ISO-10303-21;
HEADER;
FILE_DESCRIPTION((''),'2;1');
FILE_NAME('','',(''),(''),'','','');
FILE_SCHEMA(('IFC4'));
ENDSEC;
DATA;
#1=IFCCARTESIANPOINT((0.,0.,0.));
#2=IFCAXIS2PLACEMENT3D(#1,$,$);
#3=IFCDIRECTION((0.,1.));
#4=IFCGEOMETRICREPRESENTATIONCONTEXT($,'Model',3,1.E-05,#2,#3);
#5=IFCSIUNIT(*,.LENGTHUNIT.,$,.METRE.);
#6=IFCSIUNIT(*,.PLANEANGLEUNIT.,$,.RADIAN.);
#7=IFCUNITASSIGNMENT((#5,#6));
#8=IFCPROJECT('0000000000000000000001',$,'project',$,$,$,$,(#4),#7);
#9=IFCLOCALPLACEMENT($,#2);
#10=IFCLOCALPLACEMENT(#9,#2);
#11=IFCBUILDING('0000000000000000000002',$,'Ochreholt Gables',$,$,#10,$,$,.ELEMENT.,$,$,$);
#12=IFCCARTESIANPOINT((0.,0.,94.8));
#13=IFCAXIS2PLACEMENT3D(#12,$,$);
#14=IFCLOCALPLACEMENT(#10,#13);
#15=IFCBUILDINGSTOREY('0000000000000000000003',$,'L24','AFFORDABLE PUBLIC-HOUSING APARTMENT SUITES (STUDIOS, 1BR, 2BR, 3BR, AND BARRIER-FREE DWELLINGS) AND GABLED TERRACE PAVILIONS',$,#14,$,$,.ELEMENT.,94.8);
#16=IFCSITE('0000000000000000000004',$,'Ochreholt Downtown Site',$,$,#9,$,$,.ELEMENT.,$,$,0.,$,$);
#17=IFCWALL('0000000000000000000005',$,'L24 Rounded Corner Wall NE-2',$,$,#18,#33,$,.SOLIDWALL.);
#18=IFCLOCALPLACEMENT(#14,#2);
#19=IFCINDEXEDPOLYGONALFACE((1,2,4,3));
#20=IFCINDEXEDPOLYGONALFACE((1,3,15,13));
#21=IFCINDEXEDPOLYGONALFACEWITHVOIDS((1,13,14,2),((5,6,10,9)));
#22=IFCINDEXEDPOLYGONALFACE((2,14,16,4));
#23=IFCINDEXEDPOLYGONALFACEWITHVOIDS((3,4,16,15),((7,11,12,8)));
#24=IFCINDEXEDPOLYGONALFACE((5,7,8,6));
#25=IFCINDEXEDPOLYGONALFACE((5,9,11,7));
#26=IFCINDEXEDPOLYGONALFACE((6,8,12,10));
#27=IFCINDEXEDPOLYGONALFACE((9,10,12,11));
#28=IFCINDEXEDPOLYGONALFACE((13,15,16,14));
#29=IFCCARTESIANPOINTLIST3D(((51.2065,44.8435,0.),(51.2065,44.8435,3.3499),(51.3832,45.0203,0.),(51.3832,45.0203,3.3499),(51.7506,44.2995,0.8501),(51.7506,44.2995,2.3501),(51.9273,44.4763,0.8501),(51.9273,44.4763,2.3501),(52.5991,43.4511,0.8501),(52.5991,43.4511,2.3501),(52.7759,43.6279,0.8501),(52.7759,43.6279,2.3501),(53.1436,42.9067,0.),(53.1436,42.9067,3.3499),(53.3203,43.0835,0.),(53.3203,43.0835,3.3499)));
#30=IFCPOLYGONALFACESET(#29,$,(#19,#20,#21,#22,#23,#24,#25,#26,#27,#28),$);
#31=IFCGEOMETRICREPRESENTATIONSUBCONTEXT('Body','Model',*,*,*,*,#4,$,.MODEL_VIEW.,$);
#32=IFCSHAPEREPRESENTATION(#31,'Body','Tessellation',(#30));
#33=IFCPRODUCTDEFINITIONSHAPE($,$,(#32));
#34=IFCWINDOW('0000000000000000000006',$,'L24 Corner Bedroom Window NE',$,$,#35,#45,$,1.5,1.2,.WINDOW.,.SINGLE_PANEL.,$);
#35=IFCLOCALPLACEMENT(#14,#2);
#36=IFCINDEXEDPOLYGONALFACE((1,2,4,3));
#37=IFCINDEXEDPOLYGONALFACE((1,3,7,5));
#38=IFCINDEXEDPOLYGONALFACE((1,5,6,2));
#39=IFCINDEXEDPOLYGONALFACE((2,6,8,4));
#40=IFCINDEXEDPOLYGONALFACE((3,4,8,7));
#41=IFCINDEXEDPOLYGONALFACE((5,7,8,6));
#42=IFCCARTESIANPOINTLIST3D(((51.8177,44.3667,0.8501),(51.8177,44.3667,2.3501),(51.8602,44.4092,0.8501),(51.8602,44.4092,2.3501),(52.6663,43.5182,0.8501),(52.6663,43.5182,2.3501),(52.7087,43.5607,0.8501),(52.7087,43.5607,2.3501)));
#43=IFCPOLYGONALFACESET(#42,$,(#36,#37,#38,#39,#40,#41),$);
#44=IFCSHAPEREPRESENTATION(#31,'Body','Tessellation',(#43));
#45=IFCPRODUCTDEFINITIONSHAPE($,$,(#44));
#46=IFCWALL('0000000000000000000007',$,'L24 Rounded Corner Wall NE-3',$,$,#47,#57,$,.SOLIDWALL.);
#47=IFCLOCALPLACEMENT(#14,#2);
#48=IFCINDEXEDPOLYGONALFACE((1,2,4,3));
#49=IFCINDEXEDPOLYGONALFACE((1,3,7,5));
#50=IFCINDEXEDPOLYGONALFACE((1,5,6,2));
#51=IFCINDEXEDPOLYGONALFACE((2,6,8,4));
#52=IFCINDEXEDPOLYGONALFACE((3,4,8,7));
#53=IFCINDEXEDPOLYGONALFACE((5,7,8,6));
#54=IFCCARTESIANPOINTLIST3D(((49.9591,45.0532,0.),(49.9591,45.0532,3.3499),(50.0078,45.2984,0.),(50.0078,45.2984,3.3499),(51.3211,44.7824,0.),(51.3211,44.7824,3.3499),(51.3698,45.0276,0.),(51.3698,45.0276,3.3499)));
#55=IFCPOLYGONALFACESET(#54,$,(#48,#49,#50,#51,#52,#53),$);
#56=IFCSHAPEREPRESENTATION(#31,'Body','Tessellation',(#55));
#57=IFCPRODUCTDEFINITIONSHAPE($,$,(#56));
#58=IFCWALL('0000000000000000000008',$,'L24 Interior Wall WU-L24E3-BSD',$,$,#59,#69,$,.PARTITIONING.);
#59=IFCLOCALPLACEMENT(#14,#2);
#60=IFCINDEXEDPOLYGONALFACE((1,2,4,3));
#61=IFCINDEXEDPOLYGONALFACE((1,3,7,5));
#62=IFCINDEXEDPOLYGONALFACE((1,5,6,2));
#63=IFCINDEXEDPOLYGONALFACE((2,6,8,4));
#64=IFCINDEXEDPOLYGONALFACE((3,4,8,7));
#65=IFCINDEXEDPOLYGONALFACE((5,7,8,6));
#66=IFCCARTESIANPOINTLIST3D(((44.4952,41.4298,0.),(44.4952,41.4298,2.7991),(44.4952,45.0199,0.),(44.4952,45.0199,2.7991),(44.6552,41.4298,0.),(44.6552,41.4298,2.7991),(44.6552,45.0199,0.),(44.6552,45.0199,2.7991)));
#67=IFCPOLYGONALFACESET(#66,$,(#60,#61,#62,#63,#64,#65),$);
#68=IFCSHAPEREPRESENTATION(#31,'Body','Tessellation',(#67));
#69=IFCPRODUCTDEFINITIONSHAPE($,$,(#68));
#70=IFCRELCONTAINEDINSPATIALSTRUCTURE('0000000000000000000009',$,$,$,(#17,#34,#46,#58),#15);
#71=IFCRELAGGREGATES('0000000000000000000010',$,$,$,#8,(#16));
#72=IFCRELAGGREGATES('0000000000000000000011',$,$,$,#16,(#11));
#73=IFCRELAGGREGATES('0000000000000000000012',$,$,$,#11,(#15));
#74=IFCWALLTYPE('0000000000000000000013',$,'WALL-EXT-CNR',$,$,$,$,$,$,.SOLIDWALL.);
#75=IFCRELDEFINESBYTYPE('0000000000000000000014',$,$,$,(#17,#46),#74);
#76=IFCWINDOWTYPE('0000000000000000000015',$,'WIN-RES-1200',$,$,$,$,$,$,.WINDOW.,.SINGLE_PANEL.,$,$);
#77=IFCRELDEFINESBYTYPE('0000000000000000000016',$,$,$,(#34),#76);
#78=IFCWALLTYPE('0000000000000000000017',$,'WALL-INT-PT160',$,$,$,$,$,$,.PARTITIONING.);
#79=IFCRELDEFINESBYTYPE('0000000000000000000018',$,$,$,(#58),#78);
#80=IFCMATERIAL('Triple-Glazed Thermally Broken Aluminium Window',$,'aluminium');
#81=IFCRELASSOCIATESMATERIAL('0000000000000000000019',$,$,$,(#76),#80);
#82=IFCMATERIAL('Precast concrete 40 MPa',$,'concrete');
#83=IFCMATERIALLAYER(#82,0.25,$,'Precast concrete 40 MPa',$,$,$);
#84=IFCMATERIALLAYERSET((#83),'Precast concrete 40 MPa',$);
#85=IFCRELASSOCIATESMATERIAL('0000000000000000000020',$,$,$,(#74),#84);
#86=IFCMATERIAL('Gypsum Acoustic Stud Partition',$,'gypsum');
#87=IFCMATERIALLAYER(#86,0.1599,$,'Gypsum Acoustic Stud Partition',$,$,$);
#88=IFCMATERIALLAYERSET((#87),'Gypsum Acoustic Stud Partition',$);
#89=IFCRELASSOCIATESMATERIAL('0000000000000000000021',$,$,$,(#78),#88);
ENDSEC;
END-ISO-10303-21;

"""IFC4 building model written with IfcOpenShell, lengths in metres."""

from ifc_helpers import new_model, si_unit, direction, frame, frame_2d, origin, place, context, subcontext, project, spatial, rectangle, extrude, material, layer, layer_set, type_object, element, fill, save


model = new_model("IFC4")

# Units and contexts
model_context = context("Model", 3, precision=1e-05, world=origin(), true_north=direction((0.0, 1.0)))
body_context = subcontext(model_context, "Body", "Model", "MODEL_VIEW")
ifc_project = project(units=[si_unit("LENGTHUNIT", "METRE"), si_unit("PLANEANGLEUNIT", "RADIAN")], contexts=[model_context])

# Site, building, storey
site_placement = place(None, origin())
site = spatial("IfcSite", under=ifc_project, at=site_placement, Name="Ochreholt Downtown Site", CompositionType="ELEMENT", RefElevation=0.0)
building_placement = place(site_placement, origin())
building = spatial("IfcBuilding", under=site, at=building_placement, Name="Ochreholt Gables", CompositionType="ELEMENT")
storey_placement = place(building_placement, frame((0.0, 0.0, 94.8)))
storey = spatial("IfcBuildingStorey", under=building, at=storey_placement, Name="L24", Description="AFFORDABLE PUBLIC-HOUSING APARTMENT SUITES (STUDIOS, 1BR, 2BR, 3BR, AND BARRIER-FREE DWELLINGS) AND GABLED TERRACE PAVILIONS", CompositionType="ELEMENT", Elevation=94.8)

# Shared definitions
ifc_material_1 = material(Name="Precast concrete 40 MPa", Category="concrete")
ifc_material_2 = material(Name="Triple-Glazed Thermally Broken Aluminium Window", Category="aluminium")
window_type_1 = type_object("IfcWindowType", Name="WIN-RES-1200", PartitioningType="SINGLE_PANEL", PredefinedType="WINDOW", material=ifc_material_2)

# Shared definitions
ifc_layer_1 = layer(ifc_material_1, 0.25, Name="Precast concrete 40 MPa")
ifc_layer_set_1 = layer_set([ifc_layer_1], Name="Precast concrete 40 MPa")
wall_type_1 = type_object("IfcWallType", Name="WALL-EXT-CNR", PredefinedType="SOLIDWALL", material=ifc_layer_set_1)

# Wall, opening, window
wall_1_placement = place(storey_placement, frame((53.2319, 42.9951, 0.0), z_axis=(0.0, 0.0, 1.0), x_axis=(-0.707151, 0.707062, 0.0)))
wall_1 = element("IfcWall", 1, at=wall_1_placement, inside=storey, type_object=wall_type_1, Name="L24 Rounded Corner Wall NE-2", PredefinedType="SOLIDWALL", context=body_context, shape_type="SweptSolid", body=[
    extrude(rectangle(XDim=2.7393, YDim=0.25, at=frame_2d((1.3696, 0.0))), origin(), (0.0, 0.0, 1.0), 3.3499),
])
opening_1_placement = place(wall_1_placement, frame((0.7698, 0.0, 0.8501)))
opening_1 = element("IfcOpeningElement", 2, at=opening_1_placement, cuts=wall_1, PredefinedType="OPENING", context=body_context, shape_type="SweptSolid", body=[
    extrude(rectangle(XDim=1.2, YDim=1.5, at=frame_2d((0.6001, 0.75))), frame((0.0, 0.135, 0.0), z_axis=(0.0, -1.0, 0.0), x_axis=(1.0, 0.0, 0.0)), (0.0, 0.0, 1.0), 0.27),
])
window_1_placement = place(opening_1_placement, origin())
window_1 = element("IfcWindow", 3, at=window_1_placement, inside=storey, type_object=window_type_1, Name="L24 Corner Bedroom Window NE", OverallHeight=1.5, OverallWidth=1.2, PartitioningType="SINGLE_PANEL", PredefinedType="WINDOW", context=body_context, shape_type="SweptSolid", body=[
    extrude(rectangle(XDim=1.2, YDim=1.5, at=frame_2d((0.6001, 0.75))), frame((0.0, 0.03, 0.0), z_axis=(0.0, -1.0, 0.0), x_axis=(1.0, 0.0, 0.0)), (0.0, 0.0, 1.0), 0.0601),
])
fill(opening_1, window_1)

# Walls
wall_2_placement = place(storey_placement, frame((51.3455, 44.905, 0.0), z_axis=(0.0, 0.0, 1.0), x_axis=(-0.98081, 0.194967, 0.0)))
element("IfcWall", 4, at=wall_2_placement, inside=storey, type_object=wall_type_1, Name="L24 Rounded Corner Wall NE-3", PredefinedType="SOLIDWALL", context=body_context, shape_type="SweptSolid", body=[
    extrude(rectangle(XDim=1.3887, YDim=0.25, at=frame_2d((0.6943, 0.0))), origin(), (0.0, 0.0, 1.0), 3.3499),
])
ifc_material_3 = material(Name="Gypsum Acoustic Stud Partition", Category="gypsum")
ifc_layer_2 = layer(ifc_material_3, 0.1599, Name="Gypsum Acoustic Stud Partition")
ifc_layer_set_2 = layer_set([ifc_layer_2], Name="Gypsum Acoustic Stud Partition")
wall_type_2 = type_object("IfcWallType", Name="WALL-INT-PT160", PredefinedType="PARTITIONING", material=ifc_layer_set_2)
wall_3_placement = place(storey_placement, frame((44.5752, 41.4299, 0.0), z_axis=(0.0, 0.0, 1.0), x_axis=(0.0, 1.0, 0.0)))
element("IfcWall", 5, at=wall_3_placement, inside=storey, type_object=wall_type_2, Name="L24 Interior Wall WU-L24E3-BSD", PredefinedType="PARTITIONING", context=body_context, shape_type="SweptSolid", body=[
    extrude(rectangle(XDim=3.5901, YDim=0.1599, at=frame_2d((1.7949, 0.0))), origin(), (0.0, 0.0, 1.0), 2.7991),
])

save(model, "model.ifc")
